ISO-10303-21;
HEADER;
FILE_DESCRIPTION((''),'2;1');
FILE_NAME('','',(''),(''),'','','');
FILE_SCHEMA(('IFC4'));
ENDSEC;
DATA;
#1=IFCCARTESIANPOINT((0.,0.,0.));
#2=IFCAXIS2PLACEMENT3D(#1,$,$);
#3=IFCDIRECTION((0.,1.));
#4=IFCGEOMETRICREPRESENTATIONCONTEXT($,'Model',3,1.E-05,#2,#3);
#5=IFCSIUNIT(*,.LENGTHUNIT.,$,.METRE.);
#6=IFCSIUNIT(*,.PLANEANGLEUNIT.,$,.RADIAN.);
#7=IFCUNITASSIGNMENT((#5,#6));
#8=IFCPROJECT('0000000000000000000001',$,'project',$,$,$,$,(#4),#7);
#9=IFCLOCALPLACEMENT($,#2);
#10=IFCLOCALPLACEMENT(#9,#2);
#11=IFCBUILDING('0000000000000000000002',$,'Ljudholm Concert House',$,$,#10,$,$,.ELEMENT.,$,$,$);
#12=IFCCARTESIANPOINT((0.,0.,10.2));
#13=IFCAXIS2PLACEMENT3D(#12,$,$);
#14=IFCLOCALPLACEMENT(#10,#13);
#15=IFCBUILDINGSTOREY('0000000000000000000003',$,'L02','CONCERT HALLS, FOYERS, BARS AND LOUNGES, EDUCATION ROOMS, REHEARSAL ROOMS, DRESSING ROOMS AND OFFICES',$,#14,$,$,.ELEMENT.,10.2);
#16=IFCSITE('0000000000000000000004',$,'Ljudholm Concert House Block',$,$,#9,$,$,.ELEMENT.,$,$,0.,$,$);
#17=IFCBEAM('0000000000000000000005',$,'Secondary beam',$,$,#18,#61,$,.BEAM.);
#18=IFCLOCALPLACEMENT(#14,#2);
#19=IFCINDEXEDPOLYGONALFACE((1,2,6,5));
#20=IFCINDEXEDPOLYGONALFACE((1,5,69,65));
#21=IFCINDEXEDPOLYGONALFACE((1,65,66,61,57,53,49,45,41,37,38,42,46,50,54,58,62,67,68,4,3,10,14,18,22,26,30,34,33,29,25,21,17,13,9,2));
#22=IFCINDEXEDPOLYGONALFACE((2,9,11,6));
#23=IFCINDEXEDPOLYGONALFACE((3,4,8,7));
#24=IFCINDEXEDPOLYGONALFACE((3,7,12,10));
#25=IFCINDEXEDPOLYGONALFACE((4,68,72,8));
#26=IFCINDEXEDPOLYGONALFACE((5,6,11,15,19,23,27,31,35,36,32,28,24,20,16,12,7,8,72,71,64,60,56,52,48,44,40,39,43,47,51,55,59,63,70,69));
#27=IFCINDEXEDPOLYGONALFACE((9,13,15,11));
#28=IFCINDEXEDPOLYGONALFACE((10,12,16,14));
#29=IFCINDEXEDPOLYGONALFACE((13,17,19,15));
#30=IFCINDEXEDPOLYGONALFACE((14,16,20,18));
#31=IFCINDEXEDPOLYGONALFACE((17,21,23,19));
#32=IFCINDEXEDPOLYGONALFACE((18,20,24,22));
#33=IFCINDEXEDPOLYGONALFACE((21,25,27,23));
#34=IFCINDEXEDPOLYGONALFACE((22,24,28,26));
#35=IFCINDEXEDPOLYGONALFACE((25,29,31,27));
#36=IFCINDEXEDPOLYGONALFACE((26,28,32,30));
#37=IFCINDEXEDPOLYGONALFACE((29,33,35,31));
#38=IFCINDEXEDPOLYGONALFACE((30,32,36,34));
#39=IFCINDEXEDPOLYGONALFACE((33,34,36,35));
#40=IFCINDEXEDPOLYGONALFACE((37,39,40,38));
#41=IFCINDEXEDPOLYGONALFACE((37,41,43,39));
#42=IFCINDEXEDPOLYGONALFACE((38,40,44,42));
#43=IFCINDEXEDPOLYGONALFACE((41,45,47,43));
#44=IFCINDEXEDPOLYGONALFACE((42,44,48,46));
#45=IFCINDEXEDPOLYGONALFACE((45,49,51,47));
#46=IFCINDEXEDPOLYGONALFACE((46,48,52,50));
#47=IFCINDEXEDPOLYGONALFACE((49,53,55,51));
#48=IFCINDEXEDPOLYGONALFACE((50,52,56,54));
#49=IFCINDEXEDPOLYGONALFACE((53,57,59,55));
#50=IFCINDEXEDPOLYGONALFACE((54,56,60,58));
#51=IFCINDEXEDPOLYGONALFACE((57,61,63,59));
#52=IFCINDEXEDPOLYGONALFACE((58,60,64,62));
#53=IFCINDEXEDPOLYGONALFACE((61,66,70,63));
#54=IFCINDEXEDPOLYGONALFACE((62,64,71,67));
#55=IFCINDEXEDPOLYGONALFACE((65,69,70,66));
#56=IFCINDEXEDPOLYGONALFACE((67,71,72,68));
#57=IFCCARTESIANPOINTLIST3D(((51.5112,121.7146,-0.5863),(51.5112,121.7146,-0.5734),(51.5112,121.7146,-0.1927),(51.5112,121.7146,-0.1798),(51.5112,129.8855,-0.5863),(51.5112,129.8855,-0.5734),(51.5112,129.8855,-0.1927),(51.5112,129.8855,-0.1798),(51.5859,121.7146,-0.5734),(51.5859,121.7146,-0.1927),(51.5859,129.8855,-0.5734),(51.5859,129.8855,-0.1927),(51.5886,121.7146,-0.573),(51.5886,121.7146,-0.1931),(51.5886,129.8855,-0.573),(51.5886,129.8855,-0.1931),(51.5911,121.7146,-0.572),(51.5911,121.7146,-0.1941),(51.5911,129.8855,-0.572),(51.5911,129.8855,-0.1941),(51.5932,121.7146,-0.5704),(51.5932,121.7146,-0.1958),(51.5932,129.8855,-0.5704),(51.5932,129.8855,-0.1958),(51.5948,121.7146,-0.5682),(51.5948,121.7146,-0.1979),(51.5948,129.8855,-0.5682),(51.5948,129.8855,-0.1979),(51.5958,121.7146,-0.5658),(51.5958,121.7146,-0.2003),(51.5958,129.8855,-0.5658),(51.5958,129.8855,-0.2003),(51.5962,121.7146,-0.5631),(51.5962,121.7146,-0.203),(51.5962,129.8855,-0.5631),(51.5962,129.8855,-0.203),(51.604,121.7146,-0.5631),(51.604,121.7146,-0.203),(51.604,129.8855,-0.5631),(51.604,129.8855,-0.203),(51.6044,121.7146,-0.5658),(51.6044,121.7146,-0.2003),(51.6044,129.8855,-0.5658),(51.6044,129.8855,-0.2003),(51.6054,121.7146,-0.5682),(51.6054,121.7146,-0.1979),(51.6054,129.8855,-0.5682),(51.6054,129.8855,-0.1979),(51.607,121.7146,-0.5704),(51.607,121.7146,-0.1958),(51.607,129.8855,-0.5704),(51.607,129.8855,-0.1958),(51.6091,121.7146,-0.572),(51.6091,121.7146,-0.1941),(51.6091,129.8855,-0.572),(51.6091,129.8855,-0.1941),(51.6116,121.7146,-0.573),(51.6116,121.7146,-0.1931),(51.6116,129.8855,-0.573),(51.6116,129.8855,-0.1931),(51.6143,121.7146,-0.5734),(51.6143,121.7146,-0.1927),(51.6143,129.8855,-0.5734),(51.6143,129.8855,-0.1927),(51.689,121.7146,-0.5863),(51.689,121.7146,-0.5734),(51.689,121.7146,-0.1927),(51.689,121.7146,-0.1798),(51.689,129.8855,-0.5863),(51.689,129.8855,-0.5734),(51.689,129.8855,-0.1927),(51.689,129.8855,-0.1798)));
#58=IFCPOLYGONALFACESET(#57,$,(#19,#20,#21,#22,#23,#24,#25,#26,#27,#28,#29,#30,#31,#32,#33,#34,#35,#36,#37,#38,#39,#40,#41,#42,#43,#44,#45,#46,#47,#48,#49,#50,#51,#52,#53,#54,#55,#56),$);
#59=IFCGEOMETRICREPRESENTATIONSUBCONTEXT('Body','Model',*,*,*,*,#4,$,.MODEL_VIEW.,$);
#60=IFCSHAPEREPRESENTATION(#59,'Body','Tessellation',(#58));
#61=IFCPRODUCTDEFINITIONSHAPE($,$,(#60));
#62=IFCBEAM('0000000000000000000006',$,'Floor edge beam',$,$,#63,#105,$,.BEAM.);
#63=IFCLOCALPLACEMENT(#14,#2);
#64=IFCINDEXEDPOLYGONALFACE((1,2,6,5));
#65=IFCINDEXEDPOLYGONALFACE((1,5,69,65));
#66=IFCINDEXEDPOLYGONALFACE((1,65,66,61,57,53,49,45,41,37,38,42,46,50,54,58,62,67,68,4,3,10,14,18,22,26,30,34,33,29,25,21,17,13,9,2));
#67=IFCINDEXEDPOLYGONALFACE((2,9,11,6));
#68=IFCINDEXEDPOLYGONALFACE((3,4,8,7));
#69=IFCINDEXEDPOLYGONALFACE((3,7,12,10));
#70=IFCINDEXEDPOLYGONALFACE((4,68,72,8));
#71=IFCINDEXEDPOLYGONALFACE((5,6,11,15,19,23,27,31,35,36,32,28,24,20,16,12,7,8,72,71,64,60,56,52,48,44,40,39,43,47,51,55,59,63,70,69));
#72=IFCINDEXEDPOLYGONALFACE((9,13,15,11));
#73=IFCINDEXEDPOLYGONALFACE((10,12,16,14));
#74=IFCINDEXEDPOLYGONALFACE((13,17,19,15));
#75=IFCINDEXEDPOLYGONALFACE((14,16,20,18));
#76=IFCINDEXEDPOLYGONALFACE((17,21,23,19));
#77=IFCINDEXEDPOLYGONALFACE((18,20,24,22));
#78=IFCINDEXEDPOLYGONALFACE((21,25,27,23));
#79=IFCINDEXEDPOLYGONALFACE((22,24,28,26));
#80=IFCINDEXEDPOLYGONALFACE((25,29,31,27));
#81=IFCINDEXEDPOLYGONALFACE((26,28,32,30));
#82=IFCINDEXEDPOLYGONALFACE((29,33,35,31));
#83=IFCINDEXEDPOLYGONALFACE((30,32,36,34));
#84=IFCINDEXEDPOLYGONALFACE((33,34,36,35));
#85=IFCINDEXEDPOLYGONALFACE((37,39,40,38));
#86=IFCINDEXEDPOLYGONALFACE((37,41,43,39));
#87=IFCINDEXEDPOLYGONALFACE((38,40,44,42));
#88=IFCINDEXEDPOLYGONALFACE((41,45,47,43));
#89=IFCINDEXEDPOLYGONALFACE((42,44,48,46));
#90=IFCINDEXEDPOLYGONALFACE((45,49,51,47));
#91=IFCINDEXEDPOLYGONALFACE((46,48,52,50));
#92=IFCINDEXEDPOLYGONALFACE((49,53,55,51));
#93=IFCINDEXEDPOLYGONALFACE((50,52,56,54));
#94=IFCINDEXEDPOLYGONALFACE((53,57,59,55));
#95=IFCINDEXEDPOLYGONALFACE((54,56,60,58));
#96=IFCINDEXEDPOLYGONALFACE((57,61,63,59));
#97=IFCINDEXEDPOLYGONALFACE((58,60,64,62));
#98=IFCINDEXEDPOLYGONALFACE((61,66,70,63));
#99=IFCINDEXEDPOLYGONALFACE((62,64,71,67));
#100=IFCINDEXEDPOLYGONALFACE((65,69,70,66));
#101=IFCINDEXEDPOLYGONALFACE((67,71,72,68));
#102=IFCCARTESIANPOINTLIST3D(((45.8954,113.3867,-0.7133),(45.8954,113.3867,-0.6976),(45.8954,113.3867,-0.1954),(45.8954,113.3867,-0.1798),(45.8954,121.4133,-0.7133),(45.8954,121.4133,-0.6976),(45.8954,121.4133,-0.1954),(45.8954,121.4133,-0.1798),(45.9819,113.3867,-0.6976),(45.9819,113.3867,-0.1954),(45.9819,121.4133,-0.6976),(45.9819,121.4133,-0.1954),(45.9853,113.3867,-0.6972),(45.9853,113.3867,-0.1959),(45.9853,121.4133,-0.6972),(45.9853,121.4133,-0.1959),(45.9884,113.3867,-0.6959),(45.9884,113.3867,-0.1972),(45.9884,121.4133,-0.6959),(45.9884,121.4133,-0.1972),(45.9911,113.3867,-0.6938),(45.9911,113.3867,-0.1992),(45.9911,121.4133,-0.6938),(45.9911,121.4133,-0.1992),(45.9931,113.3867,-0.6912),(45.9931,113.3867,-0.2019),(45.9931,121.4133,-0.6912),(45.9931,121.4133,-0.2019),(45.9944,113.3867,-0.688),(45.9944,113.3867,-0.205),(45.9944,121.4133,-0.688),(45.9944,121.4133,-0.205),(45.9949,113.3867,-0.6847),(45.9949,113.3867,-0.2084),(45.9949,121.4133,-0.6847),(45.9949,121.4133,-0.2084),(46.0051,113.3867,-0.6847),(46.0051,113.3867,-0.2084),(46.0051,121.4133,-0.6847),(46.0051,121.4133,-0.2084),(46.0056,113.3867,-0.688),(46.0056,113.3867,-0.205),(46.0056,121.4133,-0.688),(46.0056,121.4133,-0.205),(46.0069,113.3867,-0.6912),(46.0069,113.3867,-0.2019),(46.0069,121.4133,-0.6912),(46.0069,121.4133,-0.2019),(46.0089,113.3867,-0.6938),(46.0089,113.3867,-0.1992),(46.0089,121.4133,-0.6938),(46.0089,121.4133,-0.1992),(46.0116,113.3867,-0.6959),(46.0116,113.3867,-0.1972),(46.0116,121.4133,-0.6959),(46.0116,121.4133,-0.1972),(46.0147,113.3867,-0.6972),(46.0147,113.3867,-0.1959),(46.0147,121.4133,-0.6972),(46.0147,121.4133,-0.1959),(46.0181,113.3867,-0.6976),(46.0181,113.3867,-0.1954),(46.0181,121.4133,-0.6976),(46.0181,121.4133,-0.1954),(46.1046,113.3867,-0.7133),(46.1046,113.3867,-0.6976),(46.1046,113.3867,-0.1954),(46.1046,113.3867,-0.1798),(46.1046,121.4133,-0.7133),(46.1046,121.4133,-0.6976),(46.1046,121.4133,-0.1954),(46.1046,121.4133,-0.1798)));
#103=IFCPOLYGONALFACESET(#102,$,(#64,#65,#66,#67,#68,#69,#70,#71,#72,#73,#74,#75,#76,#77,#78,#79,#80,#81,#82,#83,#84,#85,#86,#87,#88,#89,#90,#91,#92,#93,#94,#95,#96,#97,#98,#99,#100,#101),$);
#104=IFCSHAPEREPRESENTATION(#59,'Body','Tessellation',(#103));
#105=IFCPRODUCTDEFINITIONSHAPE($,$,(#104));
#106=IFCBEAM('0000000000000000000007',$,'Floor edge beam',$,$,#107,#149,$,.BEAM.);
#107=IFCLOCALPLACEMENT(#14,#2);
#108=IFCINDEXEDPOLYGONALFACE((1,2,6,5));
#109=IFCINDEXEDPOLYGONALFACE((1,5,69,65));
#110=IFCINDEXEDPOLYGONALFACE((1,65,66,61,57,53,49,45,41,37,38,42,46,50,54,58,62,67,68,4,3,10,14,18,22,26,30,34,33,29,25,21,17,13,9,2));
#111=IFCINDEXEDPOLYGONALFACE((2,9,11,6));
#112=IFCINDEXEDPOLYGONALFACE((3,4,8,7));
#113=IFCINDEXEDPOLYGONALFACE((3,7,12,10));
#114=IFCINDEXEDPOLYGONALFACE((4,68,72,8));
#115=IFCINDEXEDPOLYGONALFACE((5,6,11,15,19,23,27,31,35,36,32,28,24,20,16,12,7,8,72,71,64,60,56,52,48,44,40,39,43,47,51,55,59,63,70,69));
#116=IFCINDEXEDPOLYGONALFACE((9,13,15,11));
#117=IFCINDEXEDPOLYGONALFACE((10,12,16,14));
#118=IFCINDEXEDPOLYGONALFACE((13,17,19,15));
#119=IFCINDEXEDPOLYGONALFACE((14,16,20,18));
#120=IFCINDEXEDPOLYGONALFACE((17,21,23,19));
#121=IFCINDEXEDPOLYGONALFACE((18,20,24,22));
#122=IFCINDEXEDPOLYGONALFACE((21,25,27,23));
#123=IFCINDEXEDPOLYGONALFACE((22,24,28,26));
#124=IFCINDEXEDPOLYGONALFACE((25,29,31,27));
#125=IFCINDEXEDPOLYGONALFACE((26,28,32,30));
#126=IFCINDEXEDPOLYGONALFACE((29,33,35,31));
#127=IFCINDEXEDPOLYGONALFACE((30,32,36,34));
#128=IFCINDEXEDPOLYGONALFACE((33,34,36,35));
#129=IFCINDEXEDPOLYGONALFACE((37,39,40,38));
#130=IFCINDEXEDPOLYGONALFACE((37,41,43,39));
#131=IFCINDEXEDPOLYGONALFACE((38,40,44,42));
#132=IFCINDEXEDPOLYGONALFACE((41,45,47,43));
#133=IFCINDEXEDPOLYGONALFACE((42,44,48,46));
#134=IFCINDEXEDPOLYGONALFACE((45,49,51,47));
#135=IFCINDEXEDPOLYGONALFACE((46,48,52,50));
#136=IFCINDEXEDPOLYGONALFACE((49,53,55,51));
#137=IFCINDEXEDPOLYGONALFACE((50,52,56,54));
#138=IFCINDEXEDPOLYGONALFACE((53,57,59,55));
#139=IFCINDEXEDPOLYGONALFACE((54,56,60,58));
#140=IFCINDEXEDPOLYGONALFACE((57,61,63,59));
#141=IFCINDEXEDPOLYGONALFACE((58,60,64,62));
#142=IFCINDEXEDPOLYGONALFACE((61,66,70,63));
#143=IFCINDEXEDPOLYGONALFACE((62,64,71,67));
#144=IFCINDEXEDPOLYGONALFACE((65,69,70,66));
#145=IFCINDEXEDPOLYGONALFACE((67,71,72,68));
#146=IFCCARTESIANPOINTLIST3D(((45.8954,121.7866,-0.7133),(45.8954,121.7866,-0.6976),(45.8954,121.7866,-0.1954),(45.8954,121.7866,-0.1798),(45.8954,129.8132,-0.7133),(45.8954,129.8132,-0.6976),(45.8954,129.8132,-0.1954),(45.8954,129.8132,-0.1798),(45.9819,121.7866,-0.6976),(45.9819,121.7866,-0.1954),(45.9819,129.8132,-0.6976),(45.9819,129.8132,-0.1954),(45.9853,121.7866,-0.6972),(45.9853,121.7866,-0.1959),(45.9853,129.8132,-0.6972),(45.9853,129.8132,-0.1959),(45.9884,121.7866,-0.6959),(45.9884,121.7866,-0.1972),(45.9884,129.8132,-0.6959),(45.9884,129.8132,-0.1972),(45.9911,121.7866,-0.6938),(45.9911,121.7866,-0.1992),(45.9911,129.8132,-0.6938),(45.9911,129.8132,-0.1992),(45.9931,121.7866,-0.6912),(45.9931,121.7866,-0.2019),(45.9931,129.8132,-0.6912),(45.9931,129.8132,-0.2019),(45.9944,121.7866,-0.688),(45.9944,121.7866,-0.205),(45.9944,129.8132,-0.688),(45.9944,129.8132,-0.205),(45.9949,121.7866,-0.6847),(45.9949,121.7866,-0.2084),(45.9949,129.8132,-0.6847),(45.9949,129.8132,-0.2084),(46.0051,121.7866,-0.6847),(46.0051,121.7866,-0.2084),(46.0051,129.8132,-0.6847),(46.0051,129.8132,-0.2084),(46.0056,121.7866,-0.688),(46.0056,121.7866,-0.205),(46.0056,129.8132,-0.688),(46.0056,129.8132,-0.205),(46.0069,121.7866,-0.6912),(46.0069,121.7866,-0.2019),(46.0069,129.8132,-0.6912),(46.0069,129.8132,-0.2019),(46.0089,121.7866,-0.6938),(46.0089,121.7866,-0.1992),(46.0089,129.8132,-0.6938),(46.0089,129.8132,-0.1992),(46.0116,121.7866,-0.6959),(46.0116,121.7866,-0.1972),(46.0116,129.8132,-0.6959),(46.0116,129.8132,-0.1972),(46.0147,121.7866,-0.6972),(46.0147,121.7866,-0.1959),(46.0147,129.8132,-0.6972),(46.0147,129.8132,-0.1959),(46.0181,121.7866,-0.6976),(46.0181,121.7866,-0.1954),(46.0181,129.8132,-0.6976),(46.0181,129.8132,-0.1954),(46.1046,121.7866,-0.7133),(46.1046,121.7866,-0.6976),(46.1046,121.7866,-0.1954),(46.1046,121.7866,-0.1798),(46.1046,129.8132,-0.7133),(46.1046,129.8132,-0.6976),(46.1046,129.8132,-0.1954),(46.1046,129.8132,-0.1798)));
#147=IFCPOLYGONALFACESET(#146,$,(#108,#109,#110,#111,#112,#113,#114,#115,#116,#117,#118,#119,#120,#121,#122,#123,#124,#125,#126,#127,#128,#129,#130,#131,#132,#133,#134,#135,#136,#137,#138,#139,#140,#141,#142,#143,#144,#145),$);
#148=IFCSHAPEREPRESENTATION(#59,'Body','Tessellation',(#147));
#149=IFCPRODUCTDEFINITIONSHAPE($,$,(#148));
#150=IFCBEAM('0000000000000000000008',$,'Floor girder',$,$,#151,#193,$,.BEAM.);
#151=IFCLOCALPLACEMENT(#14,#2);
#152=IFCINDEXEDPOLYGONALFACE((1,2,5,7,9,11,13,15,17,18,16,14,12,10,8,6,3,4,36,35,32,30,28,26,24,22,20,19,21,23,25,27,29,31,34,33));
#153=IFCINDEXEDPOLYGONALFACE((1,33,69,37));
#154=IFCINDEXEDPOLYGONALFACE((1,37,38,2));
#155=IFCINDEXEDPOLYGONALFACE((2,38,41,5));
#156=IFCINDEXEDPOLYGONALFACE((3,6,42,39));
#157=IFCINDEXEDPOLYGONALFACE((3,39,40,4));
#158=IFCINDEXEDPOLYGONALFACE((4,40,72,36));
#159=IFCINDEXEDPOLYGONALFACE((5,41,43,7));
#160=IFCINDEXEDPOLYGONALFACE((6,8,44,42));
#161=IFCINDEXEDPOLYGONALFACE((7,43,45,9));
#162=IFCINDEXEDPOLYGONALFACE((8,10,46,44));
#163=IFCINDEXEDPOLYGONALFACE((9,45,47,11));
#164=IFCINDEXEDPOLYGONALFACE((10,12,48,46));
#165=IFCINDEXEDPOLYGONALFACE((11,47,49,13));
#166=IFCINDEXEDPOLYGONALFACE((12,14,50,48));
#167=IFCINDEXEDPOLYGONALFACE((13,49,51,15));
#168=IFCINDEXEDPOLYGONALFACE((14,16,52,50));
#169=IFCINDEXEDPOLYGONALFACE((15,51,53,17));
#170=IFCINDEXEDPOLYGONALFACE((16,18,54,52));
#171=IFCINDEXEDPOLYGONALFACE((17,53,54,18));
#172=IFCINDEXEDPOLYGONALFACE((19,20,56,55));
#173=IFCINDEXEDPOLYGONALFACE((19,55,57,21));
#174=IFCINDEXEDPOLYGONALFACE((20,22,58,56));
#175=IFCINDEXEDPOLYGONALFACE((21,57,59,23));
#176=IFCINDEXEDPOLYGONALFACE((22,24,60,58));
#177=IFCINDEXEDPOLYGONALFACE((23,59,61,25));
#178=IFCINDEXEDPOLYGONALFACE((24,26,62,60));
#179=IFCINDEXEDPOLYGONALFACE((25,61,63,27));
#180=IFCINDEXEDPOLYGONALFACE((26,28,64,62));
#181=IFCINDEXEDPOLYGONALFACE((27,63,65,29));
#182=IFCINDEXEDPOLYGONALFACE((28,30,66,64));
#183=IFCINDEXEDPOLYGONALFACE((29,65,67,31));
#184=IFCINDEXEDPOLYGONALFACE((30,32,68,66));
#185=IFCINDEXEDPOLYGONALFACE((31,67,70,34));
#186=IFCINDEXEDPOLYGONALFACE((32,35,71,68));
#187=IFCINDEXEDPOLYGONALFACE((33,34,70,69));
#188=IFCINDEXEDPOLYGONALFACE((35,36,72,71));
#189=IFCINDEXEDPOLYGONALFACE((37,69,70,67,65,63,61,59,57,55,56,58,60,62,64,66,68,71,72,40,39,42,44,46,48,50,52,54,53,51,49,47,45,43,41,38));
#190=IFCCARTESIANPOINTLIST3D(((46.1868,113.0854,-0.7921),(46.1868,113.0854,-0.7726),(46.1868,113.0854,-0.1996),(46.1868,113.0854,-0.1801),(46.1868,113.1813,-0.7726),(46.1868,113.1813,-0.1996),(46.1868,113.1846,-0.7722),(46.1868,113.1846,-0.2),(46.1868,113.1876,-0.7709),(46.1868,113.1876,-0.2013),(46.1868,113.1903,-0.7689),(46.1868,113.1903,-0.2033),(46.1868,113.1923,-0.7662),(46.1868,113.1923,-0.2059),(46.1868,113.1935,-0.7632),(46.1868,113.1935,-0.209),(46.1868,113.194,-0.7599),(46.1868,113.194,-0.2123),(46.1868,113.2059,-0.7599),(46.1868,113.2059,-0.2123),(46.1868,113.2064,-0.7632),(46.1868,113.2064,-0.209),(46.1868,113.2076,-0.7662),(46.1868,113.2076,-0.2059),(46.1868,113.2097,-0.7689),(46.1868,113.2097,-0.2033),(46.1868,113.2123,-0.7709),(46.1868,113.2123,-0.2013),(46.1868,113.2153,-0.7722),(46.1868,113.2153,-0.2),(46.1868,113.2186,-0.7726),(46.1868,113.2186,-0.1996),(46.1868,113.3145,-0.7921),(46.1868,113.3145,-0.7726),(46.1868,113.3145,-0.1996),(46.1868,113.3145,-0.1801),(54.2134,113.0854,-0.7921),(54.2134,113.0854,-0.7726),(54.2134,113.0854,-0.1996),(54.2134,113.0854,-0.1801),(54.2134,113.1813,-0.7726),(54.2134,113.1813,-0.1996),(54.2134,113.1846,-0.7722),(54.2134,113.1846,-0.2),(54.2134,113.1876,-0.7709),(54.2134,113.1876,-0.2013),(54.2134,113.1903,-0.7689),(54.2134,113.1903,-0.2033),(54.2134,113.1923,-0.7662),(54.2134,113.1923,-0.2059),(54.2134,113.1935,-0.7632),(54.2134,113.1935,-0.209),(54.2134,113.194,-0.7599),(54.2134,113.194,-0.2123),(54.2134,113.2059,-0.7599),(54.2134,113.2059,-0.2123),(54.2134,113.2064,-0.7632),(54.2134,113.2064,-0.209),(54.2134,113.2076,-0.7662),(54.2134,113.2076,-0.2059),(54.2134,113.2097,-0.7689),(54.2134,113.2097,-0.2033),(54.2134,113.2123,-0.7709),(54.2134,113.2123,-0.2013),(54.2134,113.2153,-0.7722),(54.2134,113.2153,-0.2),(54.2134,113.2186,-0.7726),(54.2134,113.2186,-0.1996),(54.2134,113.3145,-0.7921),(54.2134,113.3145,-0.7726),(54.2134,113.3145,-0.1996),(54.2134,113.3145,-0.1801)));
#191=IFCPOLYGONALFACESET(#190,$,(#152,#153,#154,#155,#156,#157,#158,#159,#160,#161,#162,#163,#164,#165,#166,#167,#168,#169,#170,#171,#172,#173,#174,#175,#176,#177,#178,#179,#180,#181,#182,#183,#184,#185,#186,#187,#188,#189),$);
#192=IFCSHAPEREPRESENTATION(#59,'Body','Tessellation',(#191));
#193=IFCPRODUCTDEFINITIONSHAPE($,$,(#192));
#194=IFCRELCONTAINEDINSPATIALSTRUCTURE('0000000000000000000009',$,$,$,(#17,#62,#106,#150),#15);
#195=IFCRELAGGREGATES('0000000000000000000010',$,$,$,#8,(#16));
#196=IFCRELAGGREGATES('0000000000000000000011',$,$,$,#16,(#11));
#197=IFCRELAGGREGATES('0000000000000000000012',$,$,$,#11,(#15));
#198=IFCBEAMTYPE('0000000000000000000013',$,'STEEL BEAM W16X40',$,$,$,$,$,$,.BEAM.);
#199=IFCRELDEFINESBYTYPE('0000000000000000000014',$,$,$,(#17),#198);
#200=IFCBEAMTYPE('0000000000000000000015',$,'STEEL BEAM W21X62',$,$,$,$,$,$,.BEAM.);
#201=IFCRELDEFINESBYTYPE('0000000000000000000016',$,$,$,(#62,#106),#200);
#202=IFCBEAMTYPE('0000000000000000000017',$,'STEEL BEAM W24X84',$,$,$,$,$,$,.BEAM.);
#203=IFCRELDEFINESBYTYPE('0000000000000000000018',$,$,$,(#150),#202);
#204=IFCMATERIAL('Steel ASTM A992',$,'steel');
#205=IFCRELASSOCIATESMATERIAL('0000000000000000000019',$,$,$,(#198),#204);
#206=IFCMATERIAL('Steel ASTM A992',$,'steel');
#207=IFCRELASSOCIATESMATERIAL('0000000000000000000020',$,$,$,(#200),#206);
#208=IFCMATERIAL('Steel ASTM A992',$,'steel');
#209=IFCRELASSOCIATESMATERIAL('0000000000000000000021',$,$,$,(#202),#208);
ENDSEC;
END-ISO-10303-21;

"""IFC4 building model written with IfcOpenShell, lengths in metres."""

from ifc_helpers import new_model, si_unit, direction, frame, origin, origin_2d, place, context, subcontext, project, spatial, i_section, extrude, material, material_profile, profile_set, type_object, element, save


model = new_model("IFC4")

# Units and contexts
model_context = context("Model", 3, precision=1e-05, world=origin(), true_north=direction((0.0, 1.0)))
body_context = subcontext(model_context, "Body", "Model", "MODEL_VIEW")
ifc_project = project(units=[si_unit("LENGTHUNIT", "METRE"), si_unit("PLANEANGLEUNIT", "RADIAN")], contexts=[model_context])

# Site, building, storey
site_placement = place(None, origin())
site = spatial("IfcSite", under=ifc_project, at=site_placement, Name="Ljudholm Concert House Block", CompositionType="ELEMENT", RefElevation=0.0)
building_placement = place(site_placement, origin())
building = spatial("IfcBuilding", under=site, at=building_placement, Name="Ljudholm Concert House", CompositionType="ELEMENT")
storey_placement = place(building_placement, frame((0.0, 0.0, 10.2)))
storey = spatial("IfcBuildingStorey", under=building, at=storey_placement, Name="L02", Description="CONCERT HALLS, FOYERS, BARS AND LOUNGES, EDUCATION ROOMS, REHEARSAL ROOMS, DRESSING ROOMS AND OFFICES", CompositionType="ELEMENT", Elevation=10.2)

# Beams
ifc_material_1 = material(Name="Steel ASTM A992", Category="steel")
ifc_material_profile_1 = material_profile(ifc_material_1, i_section(OverallWidth=0.1777, OverallDepth=0.4065, WebThickness=0.0078, FlangeThickness=0.0129, FilletRadius=0.0103, at=origin_2d()), Name="W16X40")
ifc_profile_set_1 = profile_set([ifc_material_profile_1], Name="Steel ASTM A992")
beam_type_1 = type_object("IfcBeamType", Name="STEEL BEAM W16X40", PredefinedType="BEAM", material=ifc_profile_set_1)
for number, where, z_axis, x_axis, name in (
    (1, (51.6001, 121.7146, -0.3831), (0.0, 1.0, 0.0), (-1.0, 0.0, 0.0), "Secondary beam"),
):
    element("IfcBeam", number, at=place(storey_placement, frame(where, z_axis=z_axis, x_axis=x_axis)), inside=storey, type_object=beam_type_1, Name=name, PredefinedType="BEAM", context=body_context, shape_type="SweptSolid", body=[
        extrude(i_section(OverallWidth=0.1777, OverallDepth=0.4065, WebThickness=0.0078, FlangeThickness=0.0129, FilletRadius=0.0103, at=origin_2d()), origin(), (0.0, 0.0, 1.0), 8.1709),
    ])
ifc_material_2 = material(Name="Steel ASTM A992", Category="steel")
ifc_material_profile_2 = material_profile(ifc_material_2, i_section(OverallWidth=0.2092, OverallDepth=0.5334, WebThickness=0.0103, FlangeThickness=0.0156, FilletRadius=0.0129, at=origin_2d()), Name="W21X62")
ifc_profile_set_2 = profile_set([ifc_material_profile_2], Name="Steel ASTM A992")
beam_type_2 = type_object("IfcBeamType", Name="STEEL BEAM W21X62", PredefinedType="BEAM", material=ifc_profile_set_2)
for number, where, z_axis, x_axis, name in (
    (2, (46.0, 113.3867, -0.4465), (0.0, 1.0, 0.0), (-1.0, 0.0, 0.0), "Floor edge beam"),
    (3, (46.0, 121.7866, -0.4465), (0.0, 1.0, 0.0), (-1.0, 0.0, 0.0), "Floor edge beam"),
):
    element("IfcBeam", number, at=place(storey_placement, frame(where, z_axis=z_axis, x_axis=x_axis)), inside=storey, type_object=beam_type_2, Name=name, PredefinedType="BEAM", context=body_context, shape_type="SweptSolid", body=[
        extrude(i_section(OverallWidth=0.2092, OverallDepth=0.5334, WebThickness=0.0103, FlangeThickness=0.0156, FilletRadius=0.0129, at=origin_2d()), origin(), (0.0, 0.0, 1.0), 8.0266),
    ])
ifc_material_3 = material(Name="Steel ASTM A992", Category="steel")
ifc_material_profile_3 = material_profile(ifc_material_3, i_section(OverallWidth=0.229, OverallDepth=0.6121, WebThickness=0.012, FlangeThickness=0.0195, FilletRadius=0.0127, at=origin_2d()), Name="W24X84")
ifc_profile_set_3 = profile_set([ifc_material_profile_3], Name="Steel ASTM A992")
beam_type_3 = type_object("IfcBeamType", Name="STEEL BEAM W24X84", PredefinedType="BEAM", material=ifc_profile_set_3)
for number, where, z_axis, x_axis, name in (
    (4, (46.1868, 113.2, -0.4861), (1.0, 0.0, 0.0), (0.0, 1.0, 0.0), "Floor girder"),
):
    element("IfcBeam", number, at=place(storey_placement, frame(where, z_axis=z_axis, x_axis=x_axis)), inside=storey, type_object=beam_type_3, Name=name, PredefinedType="BEAM", context=body_context, shape_type="SweptSolid", body=[
        extrude(i_section(OverallWidth=0.229, OverallDepth=0.6121, WebThickness=0.012, FlangeThickness=0.0195, FilletRadius=0.0127, at=origin_2d()), origin(), (0.0, 0.0, 1.0), 8.0266),
    ])

save(model, "model.ifc")
